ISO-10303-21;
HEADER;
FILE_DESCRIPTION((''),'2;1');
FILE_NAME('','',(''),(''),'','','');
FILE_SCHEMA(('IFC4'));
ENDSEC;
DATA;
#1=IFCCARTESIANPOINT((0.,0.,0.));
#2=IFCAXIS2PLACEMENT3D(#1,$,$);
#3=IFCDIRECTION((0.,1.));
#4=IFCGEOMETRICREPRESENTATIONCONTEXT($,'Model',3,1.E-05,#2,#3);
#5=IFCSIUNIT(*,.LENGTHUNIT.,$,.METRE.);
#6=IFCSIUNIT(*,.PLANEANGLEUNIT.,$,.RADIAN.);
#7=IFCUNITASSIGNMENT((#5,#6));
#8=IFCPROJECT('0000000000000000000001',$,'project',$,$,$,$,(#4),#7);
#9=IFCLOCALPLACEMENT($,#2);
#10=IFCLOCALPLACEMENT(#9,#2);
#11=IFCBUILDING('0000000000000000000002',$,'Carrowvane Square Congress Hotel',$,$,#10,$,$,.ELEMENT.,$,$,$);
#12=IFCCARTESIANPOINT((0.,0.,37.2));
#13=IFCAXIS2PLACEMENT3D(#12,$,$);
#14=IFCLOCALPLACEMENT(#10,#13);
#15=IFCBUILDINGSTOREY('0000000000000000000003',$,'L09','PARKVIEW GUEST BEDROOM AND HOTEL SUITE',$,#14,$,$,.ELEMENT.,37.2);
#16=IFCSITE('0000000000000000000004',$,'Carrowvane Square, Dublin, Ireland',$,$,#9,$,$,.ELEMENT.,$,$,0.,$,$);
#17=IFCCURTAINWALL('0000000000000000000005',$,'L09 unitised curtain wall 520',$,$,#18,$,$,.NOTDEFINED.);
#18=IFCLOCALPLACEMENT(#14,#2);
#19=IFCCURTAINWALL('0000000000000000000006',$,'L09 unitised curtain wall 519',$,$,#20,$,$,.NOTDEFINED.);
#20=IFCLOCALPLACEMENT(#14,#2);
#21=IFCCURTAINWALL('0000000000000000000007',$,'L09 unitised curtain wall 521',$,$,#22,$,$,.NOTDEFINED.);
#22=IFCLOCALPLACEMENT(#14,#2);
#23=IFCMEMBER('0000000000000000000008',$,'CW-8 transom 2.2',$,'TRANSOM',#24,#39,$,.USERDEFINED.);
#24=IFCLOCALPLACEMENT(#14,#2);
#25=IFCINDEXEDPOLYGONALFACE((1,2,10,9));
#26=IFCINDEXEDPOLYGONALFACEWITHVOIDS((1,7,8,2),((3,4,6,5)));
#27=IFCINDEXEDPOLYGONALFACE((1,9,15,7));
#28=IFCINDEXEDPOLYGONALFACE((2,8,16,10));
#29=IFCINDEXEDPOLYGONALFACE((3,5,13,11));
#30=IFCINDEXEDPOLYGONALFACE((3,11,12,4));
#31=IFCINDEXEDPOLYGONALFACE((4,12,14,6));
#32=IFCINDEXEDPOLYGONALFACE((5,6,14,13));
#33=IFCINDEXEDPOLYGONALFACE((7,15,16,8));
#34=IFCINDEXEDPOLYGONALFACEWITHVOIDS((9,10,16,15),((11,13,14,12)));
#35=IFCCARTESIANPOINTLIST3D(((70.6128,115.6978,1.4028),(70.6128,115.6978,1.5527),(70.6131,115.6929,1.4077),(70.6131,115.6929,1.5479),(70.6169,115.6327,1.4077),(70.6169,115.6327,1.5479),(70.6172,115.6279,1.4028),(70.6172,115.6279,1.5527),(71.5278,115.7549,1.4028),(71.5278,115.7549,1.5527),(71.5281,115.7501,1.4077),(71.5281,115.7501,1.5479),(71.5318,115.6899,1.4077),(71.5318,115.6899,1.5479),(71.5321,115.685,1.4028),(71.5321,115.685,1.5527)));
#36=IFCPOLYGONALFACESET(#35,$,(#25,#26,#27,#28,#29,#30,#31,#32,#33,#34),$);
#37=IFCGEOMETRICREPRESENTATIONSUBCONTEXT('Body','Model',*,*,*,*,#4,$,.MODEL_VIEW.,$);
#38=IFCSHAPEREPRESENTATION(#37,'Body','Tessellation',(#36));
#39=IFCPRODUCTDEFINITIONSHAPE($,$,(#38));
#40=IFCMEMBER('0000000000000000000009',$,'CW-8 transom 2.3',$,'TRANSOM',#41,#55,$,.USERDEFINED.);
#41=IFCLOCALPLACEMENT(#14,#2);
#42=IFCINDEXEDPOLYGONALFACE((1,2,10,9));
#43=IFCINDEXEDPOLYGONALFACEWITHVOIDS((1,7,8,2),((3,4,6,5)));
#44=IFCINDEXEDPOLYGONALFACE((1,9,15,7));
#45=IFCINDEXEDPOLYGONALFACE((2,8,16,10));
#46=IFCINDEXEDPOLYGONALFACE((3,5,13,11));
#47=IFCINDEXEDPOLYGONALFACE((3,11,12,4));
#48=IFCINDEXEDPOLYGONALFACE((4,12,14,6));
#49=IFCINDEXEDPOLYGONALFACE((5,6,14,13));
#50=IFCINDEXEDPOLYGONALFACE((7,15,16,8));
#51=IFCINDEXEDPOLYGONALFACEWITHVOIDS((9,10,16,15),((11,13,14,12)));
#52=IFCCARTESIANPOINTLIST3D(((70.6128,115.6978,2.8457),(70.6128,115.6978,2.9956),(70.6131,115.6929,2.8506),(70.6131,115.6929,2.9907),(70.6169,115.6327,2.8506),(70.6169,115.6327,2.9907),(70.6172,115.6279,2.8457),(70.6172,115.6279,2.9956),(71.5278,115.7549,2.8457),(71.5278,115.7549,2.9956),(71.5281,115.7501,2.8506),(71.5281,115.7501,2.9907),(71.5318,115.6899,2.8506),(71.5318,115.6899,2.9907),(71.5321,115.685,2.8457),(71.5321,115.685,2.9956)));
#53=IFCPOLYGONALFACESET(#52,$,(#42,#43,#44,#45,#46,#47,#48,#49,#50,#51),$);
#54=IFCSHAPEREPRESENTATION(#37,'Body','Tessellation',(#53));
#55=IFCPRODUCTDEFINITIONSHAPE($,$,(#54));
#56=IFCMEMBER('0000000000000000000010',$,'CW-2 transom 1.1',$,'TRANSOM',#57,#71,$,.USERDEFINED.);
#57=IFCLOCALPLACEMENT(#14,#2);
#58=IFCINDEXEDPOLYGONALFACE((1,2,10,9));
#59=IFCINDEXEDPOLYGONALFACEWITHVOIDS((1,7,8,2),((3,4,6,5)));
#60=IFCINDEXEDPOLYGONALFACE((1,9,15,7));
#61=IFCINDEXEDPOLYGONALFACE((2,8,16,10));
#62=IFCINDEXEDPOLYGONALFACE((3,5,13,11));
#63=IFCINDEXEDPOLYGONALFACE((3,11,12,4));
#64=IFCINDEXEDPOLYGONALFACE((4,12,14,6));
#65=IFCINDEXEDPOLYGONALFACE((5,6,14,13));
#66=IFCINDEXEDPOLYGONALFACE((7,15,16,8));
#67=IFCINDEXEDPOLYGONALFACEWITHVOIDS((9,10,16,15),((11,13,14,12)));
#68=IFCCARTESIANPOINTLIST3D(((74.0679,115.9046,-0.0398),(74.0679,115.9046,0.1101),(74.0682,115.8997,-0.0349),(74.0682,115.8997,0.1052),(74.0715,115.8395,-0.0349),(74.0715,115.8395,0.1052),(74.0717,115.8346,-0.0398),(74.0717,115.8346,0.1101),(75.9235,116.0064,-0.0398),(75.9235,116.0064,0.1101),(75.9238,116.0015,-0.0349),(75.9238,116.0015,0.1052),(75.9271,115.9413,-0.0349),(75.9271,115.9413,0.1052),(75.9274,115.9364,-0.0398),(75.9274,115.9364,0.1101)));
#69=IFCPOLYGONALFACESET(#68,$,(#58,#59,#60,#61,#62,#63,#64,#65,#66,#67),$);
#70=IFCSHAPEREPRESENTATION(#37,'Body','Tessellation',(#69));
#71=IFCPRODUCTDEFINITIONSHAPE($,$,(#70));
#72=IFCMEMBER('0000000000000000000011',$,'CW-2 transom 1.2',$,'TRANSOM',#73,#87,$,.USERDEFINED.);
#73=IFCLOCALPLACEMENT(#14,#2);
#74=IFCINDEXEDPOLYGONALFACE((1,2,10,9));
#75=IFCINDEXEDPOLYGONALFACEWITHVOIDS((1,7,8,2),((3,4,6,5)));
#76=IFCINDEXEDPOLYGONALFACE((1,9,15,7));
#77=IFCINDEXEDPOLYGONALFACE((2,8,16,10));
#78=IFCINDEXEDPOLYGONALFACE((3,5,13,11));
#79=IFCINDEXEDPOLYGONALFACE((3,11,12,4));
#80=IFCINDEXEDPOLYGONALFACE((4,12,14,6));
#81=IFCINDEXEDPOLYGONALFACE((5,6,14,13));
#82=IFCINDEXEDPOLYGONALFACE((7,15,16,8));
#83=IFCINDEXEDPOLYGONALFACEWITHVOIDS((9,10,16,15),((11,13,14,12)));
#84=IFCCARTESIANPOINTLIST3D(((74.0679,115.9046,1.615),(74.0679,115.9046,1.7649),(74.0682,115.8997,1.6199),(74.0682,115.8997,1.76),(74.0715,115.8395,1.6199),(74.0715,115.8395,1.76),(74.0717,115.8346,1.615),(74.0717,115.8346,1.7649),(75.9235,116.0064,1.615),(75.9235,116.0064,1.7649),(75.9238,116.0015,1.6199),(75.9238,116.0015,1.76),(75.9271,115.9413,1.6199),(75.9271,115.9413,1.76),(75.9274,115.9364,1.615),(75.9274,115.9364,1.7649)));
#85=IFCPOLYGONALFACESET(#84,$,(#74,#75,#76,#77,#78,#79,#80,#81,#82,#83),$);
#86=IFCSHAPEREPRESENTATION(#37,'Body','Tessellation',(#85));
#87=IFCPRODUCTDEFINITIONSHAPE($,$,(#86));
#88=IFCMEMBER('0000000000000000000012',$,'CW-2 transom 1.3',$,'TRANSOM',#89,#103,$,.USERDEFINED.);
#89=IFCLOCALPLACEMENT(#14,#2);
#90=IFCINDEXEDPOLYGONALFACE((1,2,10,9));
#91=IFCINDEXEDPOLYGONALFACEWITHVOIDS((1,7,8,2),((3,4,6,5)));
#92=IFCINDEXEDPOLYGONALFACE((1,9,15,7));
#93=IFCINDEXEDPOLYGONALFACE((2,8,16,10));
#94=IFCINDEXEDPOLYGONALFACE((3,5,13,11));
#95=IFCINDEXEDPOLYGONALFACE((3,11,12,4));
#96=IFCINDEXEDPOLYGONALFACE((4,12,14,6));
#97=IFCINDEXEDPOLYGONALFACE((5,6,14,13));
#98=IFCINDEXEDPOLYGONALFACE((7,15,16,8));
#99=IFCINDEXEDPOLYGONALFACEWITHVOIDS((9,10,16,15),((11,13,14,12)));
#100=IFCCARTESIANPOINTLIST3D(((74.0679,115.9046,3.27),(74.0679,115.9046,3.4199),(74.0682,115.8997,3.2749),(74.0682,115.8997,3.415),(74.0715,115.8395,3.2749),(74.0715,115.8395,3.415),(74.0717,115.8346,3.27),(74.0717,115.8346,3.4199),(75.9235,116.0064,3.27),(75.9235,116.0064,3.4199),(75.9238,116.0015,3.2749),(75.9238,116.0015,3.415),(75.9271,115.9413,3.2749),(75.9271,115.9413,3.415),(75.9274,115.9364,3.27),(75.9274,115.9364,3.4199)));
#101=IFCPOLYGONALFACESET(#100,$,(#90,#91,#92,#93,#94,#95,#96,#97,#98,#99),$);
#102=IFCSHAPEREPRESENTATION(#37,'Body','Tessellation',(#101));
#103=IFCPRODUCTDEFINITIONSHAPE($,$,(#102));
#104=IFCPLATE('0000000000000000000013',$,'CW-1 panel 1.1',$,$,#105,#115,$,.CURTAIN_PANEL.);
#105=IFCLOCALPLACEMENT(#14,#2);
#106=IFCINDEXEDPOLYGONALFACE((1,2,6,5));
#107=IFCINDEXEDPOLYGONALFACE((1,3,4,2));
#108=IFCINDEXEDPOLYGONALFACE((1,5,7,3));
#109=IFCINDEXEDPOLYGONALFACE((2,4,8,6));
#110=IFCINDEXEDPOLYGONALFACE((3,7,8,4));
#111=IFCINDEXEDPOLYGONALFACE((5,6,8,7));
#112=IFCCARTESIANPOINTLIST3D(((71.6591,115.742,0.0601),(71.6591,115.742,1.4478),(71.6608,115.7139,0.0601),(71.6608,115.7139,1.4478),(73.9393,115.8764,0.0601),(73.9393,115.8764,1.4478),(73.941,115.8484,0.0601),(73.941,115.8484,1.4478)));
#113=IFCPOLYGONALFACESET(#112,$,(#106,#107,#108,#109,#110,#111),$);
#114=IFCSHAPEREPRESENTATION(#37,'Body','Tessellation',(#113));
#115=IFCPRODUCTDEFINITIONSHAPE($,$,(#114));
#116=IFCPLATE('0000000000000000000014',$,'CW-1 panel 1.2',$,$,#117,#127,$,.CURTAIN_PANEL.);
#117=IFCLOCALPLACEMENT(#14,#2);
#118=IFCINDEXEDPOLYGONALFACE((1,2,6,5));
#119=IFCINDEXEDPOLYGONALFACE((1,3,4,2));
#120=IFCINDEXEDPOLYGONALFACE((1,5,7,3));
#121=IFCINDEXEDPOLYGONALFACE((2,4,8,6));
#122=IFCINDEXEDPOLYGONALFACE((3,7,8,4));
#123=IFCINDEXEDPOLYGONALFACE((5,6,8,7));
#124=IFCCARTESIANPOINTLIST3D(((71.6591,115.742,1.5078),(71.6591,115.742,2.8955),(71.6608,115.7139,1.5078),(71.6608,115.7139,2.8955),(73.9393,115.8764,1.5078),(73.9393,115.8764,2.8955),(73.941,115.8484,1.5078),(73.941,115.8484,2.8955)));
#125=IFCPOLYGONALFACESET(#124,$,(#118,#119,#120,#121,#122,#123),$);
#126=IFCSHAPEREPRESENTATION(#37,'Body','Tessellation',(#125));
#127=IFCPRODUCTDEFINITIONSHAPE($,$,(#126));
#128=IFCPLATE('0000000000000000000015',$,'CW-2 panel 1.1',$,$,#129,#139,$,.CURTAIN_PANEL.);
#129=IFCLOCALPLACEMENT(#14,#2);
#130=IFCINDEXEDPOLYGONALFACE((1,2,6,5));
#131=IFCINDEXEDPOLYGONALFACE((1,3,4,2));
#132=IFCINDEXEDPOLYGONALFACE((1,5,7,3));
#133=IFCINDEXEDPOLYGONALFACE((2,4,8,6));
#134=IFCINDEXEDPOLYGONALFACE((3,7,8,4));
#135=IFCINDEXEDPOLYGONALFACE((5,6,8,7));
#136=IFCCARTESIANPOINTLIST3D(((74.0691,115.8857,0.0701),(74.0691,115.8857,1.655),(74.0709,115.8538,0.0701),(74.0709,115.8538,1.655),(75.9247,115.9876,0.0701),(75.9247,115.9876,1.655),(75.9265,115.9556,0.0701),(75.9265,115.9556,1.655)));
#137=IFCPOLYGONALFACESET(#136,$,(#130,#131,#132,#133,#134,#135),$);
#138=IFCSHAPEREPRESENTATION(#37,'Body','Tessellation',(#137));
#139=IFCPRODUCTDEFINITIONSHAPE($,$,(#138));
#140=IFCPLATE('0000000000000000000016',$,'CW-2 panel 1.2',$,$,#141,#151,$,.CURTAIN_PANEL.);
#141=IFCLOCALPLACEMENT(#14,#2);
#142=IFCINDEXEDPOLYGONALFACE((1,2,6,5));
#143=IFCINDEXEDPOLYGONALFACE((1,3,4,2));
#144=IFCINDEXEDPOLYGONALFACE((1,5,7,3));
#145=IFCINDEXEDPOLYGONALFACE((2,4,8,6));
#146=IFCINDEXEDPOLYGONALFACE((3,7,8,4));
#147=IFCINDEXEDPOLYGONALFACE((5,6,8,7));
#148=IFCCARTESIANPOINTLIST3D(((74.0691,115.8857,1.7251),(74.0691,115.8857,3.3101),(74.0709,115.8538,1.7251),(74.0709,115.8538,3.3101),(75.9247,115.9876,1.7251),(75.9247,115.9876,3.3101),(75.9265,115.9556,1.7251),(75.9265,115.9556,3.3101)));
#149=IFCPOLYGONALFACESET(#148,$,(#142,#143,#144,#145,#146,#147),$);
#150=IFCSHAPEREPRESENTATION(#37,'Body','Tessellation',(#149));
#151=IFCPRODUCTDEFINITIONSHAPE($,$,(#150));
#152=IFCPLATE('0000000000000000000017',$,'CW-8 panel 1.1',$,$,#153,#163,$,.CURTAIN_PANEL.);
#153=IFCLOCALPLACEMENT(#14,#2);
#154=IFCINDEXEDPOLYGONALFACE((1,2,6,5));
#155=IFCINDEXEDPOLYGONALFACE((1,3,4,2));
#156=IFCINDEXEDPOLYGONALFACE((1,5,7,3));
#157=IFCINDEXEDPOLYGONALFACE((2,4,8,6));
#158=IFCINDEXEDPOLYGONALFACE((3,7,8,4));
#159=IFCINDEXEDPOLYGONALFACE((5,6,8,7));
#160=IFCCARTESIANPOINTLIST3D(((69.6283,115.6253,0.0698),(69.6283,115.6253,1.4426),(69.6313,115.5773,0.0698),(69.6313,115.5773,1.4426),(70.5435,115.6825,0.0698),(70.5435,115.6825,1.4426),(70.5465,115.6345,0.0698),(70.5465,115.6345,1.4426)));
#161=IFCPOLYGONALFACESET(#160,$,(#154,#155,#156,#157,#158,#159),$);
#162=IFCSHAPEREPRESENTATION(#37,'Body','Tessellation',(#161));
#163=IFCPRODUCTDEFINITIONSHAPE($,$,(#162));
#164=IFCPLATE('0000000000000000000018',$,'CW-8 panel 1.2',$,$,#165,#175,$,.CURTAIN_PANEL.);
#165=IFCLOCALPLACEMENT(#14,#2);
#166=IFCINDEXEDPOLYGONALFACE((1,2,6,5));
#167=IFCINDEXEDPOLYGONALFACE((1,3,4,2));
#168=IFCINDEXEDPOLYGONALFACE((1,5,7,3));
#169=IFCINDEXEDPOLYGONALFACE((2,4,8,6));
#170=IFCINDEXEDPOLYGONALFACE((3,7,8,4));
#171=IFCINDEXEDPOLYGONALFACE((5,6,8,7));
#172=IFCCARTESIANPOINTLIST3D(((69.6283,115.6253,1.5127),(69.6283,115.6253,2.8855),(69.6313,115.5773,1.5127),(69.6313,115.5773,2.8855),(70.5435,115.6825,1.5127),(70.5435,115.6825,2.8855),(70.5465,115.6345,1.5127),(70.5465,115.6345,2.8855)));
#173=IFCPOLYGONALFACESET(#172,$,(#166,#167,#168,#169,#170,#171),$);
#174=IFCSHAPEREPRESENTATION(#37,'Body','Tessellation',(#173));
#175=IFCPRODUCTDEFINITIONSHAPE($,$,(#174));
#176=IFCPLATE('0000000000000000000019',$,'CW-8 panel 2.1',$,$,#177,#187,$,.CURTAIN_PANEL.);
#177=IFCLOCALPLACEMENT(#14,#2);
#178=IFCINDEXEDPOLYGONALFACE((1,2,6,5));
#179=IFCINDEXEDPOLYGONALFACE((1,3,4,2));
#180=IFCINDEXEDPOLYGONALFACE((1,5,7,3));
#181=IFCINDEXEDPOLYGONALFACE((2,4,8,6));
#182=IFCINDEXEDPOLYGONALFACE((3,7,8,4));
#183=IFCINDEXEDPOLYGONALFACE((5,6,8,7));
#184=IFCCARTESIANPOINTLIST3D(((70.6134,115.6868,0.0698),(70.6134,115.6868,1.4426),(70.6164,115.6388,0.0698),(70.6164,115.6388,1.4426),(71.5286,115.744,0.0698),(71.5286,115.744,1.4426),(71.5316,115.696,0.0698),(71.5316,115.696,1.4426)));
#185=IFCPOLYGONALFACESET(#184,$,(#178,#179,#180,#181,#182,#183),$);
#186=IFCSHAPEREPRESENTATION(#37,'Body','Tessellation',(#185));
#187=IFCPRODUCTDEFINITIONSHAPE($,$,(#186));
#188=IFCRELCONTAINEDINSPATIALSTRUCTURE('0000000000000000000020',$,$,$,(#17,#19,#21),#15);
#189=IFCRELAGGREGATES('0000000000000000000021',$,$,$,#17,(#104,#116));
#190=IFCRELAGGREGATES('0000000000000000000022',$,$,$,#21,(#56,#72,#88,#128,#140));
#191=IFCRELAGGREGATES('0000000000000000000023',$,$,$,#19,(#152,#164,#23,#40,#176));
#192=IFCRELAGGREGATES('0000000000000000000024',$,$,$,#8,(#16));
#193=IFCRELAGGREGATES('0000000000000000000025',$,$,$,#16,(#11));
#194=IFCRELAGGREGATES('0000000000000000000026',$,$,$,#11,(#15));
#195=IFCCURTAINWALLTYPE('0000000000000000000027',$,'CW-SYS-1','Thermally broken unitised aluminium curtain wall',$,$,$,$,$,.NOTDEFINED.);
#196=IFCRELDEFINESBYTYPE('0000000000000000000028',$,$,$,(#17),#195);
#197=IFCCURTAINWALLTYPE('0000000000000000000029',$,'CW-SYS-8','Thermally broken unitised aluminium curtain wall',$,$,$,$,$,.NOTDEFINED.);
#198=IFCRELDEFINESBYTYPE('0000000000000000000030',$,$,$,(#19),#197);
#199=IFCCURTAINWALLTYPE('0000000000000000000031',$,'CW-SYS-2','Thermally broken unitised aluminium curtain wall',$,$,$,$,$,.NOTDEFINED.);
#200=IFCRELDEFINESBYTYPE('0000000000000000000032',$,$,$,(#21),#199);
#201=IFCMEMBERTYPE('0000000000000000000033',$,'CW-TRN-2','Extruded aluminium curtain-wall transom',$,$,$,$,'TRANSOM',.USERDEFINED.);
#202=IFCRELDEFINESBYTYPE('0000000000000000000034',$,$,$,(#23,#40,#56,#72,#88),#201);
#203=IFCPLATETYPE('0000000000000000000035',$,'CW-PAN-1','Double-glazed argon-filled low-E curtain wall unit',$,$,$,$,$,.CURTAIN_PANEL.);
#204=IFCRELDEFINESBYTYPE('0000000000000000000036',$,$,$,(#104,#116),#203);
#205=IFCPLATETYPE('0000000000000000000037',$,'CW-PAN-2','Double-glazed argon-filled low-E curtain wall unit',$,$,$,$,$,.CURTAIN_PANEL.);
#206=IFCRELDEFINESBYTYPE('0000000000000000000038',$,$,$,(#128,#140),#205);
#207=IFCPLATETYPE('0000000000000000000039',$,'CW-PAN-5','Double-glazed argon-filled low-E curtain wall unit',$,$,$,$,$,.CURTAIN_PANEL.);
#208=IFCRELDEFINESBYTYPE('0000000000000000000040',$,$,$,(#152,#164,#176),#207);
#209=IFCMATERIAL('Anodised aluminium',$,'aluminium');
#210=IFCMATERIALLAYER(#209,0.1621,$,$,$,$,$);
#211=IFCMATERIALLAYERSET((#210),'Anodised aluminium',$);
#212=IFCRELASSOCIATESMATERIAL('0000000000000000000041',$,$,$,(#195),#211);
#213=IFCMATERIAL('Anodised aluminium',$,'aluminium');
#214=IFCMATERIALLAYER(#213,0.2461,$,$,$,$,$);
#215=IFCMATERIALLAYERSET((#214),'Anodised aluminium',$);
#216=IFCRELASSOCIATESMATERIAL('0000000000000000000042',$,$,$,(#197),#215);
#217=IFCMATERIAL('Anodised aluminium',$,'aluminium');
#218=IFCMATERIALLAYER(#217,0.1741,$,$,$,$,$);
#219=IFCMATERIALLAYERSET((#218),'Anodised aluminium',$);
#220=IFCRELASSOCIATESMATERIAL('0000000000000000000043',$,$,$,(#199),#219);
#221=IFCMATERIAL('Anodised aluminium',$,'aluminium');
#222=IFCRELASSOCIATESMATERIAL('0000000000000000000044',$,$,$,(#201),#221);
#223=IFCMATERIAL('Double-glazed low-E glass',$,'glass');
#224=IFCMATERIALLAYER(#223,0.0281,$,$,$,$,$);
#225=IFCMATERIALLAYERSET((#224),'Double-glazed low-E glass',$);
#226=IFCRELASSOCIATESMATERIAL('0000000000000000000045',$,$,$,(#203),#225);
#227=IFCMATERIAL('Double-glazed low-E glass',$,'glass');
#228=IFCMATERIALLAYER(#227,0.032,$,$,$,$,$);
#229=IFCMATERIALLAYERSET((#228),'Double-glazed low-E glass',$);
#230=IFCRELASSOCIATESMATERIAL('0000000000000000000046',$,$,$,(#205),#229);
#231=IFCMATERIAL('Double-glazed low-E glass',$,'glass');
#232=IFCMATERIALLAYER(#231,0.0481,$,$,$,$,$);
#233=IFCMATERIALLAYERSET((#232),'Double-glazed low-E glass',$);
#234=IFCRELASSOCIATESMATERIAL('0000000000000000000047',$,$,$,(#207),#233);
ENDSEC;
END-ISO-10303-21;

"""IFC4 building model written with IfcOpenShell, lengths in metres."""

from ifc_helpers import new_model, si_unit, direction, frame, origin, origin_2d, place, context, subcontext, project, spatial, rectangle, hollow_rectangle, extrude, material, layer, layer_set, material_profile, profile_set, type_object, element, aggregate, save


model = new_model("IFC4")

# Units and contexts
model_context = context("Model", 3, precision=1e-05, world=origin(), true_north=direction((0.0, 1.0)))
body_context = subcontext(model_context, "Body", "Model", "MODEL_VIEW")
ifc_project = project(units=[si_unit("LENGTHUNIT", "METRE"), si_unit("PLANEANGLEUNIT", "RADIAN")], contexts=[model_context])

# Site, building, storey
site_placement = place(None, origin())
site = spatial("IfcSite", under=ifc_project, at=site_placement, Name="Carrowvane Square, Dublin, Ireland", CompositionType="ELEMENT", RefElevation=0.0)
building_placement = place(site_placement, origin())
building = spatial("IfcBuilding", under=site, at=building_placement, Name="Carrowvane Square Congress Hotel", CompositionType="ELEMENT")
storey_placement = place(building_placement, frame((0.0, 0.0, 37.2)))
storey = spatial("IfcBuildingStorey", under=building, at=storey_placement, Name="L09", Description="PARKVIEW GUEST BEDROOM AND HOTEL SUITE", CompositionType="ELEMENT", Elevation=37.2)

# Curtain walls
ifc_material_1 = material(Name="Anodised aluminium", Category="aluminium")
ifc_layer_1 = layer(ifc_material_1, 0.1621)
ifc_layer_set_1 = layer_set([ifc_layer_1], Name="Anodised aluminium")
curtain_wall_type_1 = type_object("IfcCurtainWallType", Name="CW-SYS-1", Description="Thermally broken unitised aluminium curtain wall", PredefinedType="NOTDEFINED", material=ifc_layer_set_1)
curtain_wall_1_placement = place(storey_placement, origin())
curtain_wall_1 = element("IfcCurtainWall", 1, at=curtain_wall_1_placement, inside=storey, type_object=curtain_wall_type_1, Name="L09 unitised curtain wall 520", PredefinedType="NOTDEFINED")
ifc_material_2 = material(Name="Anodised aluminium", Category="aluminium")
ifc_layer_2 = layer(ifc_material_2, 0.2461)
ifc_layer_set_2 = layer_set([ifc_layer_2], Name="Anodised aluminium")
curtain_wall_type_2 = type_object("IfcCurtainWallType", Name="CW-SYS-8", Description="Thermally broken unitised aluminium curtain wall", PredefinedType="NOTDEFINED", material=ifc_layer_set_2)
curtain_wall_2_placement = place(storey_placement, origin())
curtain_wall_2 = element("IfcCurtainWall", 2, at=curtain_wall_2_placement, inside=storey, type_object=curtain_wall_type_2, Name="L09 unitised curtain wall 519", PredefinedType="NOTDEFINED")
ifc_material_3 = material(Name="Anodised aluminium", Category="aluminium")
ifc_layer_3 = layer(ifc_material_3, 0.1741)
ifc_layer_set_3 = layer_set([ifc_layer_3], Name="Anodised aluminium")
curtain_wall_type_3 = type_object("IfcCurtainWallType", Name="CW-SYS-2", Description="Thermally broken unitised aluminium curtain wall", PredefinedType="NOTDEFINED", material=ifc_layer_set_3)
curtain_wall_3_placement = place(storey_placement, origin())
curtain_wall_3 = element("IfcCurtainWall", 3, at=curtain_wall_3_placement, inside=storey, type_object=curtain_wall_type_3, Name="L09 unitised curtain wall 521", PredefinedType="NOTDEFINED")

# Members
ifc_material_4 = material(Name="Anodised aluminium", Category="aluminium")
ifc_material_profile_1 = material_profile(ifc_material_4, hollow_rectangle(XDim=0.0701, YDim=0.1499, WallThickness=0.0049, at=origin_2d()), Name="CW-TR 70x150x5")
ifc_profile_set_1 = profile_set([ifc_material_profile_1], Name="Anodised aluminium")
member_type_1 = type_object("IfcMemberType", Name="CW-TRN-2", Description="Extruded aluminium curtain-wall transom", ElementType="TRANSOM", PredefinedType="USERDEFINED", material=ifc_profile_set_1)
member_1_placement = place(storey_placement, frame((70.615, 115.6628, 1.4778), z_axis=(0.998057, 0.062312, 0.0), x_axis=(-0.062312, 0.998057, 0.0)))
member_1 = element("IfcMember", 4, at=member_1_placement, type_object=member_type_1, Name="CW-8 transom 2.2", ObjectType="TRANSOM", PredefinedType="USERDEFINED", context=body_context, shape_type="SweptSolid", body=[
    extrude(hollow_rectangle(XDim=0.0701, YDim=0.1499, WallThickness=0.0049, at=origin_2d()), origin(), (0.0, 0.0, 1.0), 0.9167),
])
member_2_placement = place(storey_placement, frame((70.615, 115.6628, 2.9207), z_axis=(0.998057, 0.062312, 0.0), x_axis=(-0.062312, 0.998057, 0.0)))
member_2 = element("IfcMember", 5, at=member_2_placement, type_object=member_type_1, Name="CW-8 transom 2.3", ObjectType="TRANSOM", PredefinedType="USERDEFINED", context=body_context, shape_type="SweptSolid", body=[
    extrude(hollow_rectangle(XDim=0.0701, YDim=0.1499, WallThickness=0.0049, at=origin_2d()), origin(), (0.0, 0.0, 1.0), 0.9167),
])
member_3_placement = place(storey_placement, frame((74.0698, 115.8696, 0.0352), z_axis=(0.998499, 0.054779, 0.0), x_axis=(-0.054779, 0.998499, 0.0)))
member_3 = element("IfcMember", 6, at=member_3_placement, type_object=member_type_1, Name="CW-2 transom 1.1", ObjectType="TRANSOM", PredefinedType="USERDEFINED", context=body_context, shape_type="SweptSolid", body=[
    extrude(hollow_rectangle(XDim=0.0701, YDim=0.1499, WallThickness=0.0049, at=origin_2d()), origin(), (0.0, 0.0, 1.0), 1.8584),
])
member_4_placement = place(storey_placement, frame((74.0698, 115.8696, 1.6899), z_axis=(0.998499, 0.054779, 0.0), x_axis=(-0.054779, 0.998499, 0.0)))
member_4 = element("IfcMember", 7, at=member_4_placement, type_object=member_type_1, Name="CW-2 transom 1.2", ObjectType="TRANSOM", PredefinedType="USERDEFINED", context=body_context, shape_type="SweptSolid", body=[
    extrude(hollow_rectangle(XDim=0.0701, YDim=0.1499, WallThickness=0.0049, at=origin_2d()), origin(), (0.0, 0.0, 1.0), 1.8584),
])
member_5_placement = place(storey_placement, frame((74.0698, 115.8696, 3.345), z_axis=(0.998499, 0.054779, 0.0), x_axis=(-0.054779, 0.998499, 0.0)))
member_5 = element("IfcMember", 8, at=member_5_placement, type_object=member_type_1, Name="CW-2 transom 1.3", ObjectType="TRANSOM", PredefinedType="USERDEFINED", context=body_context, shape_type="SweptSolid", body=[
    extrude(hollow_rectangle(XDim=0.0701, YDim=0.1499, WallThickness=0.0049, at=origin_2d()), origin(), (0.0, 0.0, 1.0), 1.8584),
])

# Plates
ifc_material_5 = material(Name="Double-glazed low-E glass", Category="glass")
ifc_layer_4 = layer(ifc_material_5, 0.0281)
ifc_layer_set_4 = layer_set([ifc_layer_4], Name="Double-glazed low-E glass")
plate_type_1 = type_object("IfcPlateType", Name="CW-PAN-1", Description="Double-glazed argon-filled low-E curtain wall unit", PredefinedType="CURTAIN_PANEL", material=ifc_layer_set_4)
plate_1_placement = place(storey_placement, frame((72.8, 115.7952, 0.0601), z_axis=(0.0, 0.0, 1.0), x_axis=(0.998267, 0.058851, 0.0)))
plate_1 = element("IfcPlate", 9, at=plate_1_placement, type_object=plate_type_1, Name="CW-1 panel 1.1", PredefinedType="CURTAIN_PANEL", context=body_context, shape_type="SweptSolid", body=[
    extrude(rectangle(XDim=2.2842, YDim=0.0281, at=origin_2d()), origin(), (0.0, 0.0, 1.0), 1.3877),
])
plate_2_placement = place(storey_placement, frame((72.8, 115.7952, 1.5078), z_axis=(0.0, 0.0, 1.0), x_axis=(0.998267, 0.058851, 0.0)))
plate_2 = element("IfcPlate", 10, at=plate_2_placement, type_object=plate_type_1, Name="CW-1 panel 1.2", PredefinedType="CURTAIN_PANEL", context=body_context, shape_type="SweptSolid", body=[
    extrude(rectangle(XDim=2.2842, YDim=0.0281, at=origin_2d()), origin(), (0.0, 0.0, 1.0), 1.3877),
])
aggregate(curtain_wall_1, [plate_1, plate_2])
ifc_material_6 = material(Name="Double-glazed low-E glass", Category="glass")
ifc_layer_5 = layer(ifc_material_6, 0.032)
ifc_layer_set_5 = layer_set([ifc_layer_5], Name="Double-glazed low-E glass")
plate_type_2 = type_object("IfcPlateType", Name="CW-PAN-2", Description="Double-glazed argon-filled low-E curtain wall unit", PredefinedType="CURTAIN_PANEL", material=ifc_layer_set_5)
plate_3_placement = place(storey_placement, frame((74.9978, 115.9207, 0.0701), z_axis=(0.0, 0.0, 1.0), x_axis=(0.998496, 0.054816, 0.0)))
plate_3 = element("IfcPlate", 11, at=plate_3_placement, type_object=plate_type_2, Name="CW-2 panel 1.1", PredefinedType="CURTAIN_PANEL", context=body_context, shape_type="SweptSolid", body=[
    extrude(rectangle(XDim=1.8584, YDim=0.032, at=origin_2d()), origin(), (0.0, 0.0, 1.0), 1.585),
])
plate_4_placement = place(storey_placement, frame((74.9978, 115.9207, 1.7251), z_axis=(0.0, 0.0, 1.0), x_axis=(0.998496, 0.054816, 0.0)))
plate_4 = element("IfcPlate", 12, at=plate_4_placement, type_object=plate_type_2, Name="CW-2 panel 1.2", PredefinedType="CURTAIN_PANEL", context=body_context, shape_type="SweptSolid", body=[
    extrude(rectangle(XDim=1.8584, YDim=0.032, at=origin_2d()), origin(), (0.0, 0.0, 1.0), 1.585),
])
aggregate(curtain_wall_3, [member_3, member_4, member_5, plate_3, plate_4])
ifc_material_7 = material(Name="Double-glazed low-E glass", Category="glass")
ifc_layer_6 = layer(ifc_material_7, 0.0481)
ifc_layer_set_6 = layer_set([ifc_layer_6], Name="Double-glazed low-E glass")
plate_type_3 = type_object("IfcPlateType", Name="CW-PAN-5", Description="Double-glazed argon-filled low-E curtain wall unit", PredefinedType="CURTAIN_PANEL", material=ifc_layer_set_6)
plate_5_placement = place(storey_placement, frame((70.0874, 115.6299, 0.0698), z_axis=(0.0, 0.0, 1.0), x_axis=(0.998051, 0.062397, 0.0)))
plate_5 = element("IfcPlate", 13, at=plate_5_placement, type_object=plate_type_3, Name="CW-8 panel 1.1", PredefinedType="CURTAIN_PANEL", context=body_context, shape_type="SweptSolid", body=[
    extrude(rectangle(XDim=0.917, YDim=0.0481, at=origin_2d()), origin(), (0.0, 0.0, 1.0), 1.3728),
])
plate_6_placement = place(storey_placement, frame((70.0874, 115.6299, 1.5127), z_axis=(0.0, 0.0, 1.0), x_axis=(0.998051, 0.062397, 0.0)))
plate_6 = element("IfcPlate", 14, at=plate_6_placement, type_object=plate_type_3, Name="CW-8 panel 1.2", PredefinedType="CURTAIN_PANEL", context=body_context, shape_type="SweptSolid", body=[
    extrude(rectangle(XDim=0.917, YDim=0.0481, at=origin_2d()), origin(), (0.0, 0.0, 1.0), 1.3728),
])
plate_7_placement = place(storey_placement, frame((71.0725, 115.6914, 0.0698), z_axis=(0.0, 0.0, 1.0), x_axis=(0.998051, 0.062397, 0.0)))
plate_7 = element("IfcPlate", 15, at=plate_7_placement, type_object=plate_type_3, Name="CW-8 panel 2.1", PredefinedType="CURTAIN_PANEL", context=body_context, shape_type="SweptSolid", body=[
    extrude(rectangle(XDim=0.917, YDim=0.0481, at=origin_2d()), origin(), (0.0, 0.0, 1.0), 1.3728),
])
aggregate(curtain_wall_2, [plate_5, plate_6, member_1, member_2, plate_7])

save(model, "model.ifc")
